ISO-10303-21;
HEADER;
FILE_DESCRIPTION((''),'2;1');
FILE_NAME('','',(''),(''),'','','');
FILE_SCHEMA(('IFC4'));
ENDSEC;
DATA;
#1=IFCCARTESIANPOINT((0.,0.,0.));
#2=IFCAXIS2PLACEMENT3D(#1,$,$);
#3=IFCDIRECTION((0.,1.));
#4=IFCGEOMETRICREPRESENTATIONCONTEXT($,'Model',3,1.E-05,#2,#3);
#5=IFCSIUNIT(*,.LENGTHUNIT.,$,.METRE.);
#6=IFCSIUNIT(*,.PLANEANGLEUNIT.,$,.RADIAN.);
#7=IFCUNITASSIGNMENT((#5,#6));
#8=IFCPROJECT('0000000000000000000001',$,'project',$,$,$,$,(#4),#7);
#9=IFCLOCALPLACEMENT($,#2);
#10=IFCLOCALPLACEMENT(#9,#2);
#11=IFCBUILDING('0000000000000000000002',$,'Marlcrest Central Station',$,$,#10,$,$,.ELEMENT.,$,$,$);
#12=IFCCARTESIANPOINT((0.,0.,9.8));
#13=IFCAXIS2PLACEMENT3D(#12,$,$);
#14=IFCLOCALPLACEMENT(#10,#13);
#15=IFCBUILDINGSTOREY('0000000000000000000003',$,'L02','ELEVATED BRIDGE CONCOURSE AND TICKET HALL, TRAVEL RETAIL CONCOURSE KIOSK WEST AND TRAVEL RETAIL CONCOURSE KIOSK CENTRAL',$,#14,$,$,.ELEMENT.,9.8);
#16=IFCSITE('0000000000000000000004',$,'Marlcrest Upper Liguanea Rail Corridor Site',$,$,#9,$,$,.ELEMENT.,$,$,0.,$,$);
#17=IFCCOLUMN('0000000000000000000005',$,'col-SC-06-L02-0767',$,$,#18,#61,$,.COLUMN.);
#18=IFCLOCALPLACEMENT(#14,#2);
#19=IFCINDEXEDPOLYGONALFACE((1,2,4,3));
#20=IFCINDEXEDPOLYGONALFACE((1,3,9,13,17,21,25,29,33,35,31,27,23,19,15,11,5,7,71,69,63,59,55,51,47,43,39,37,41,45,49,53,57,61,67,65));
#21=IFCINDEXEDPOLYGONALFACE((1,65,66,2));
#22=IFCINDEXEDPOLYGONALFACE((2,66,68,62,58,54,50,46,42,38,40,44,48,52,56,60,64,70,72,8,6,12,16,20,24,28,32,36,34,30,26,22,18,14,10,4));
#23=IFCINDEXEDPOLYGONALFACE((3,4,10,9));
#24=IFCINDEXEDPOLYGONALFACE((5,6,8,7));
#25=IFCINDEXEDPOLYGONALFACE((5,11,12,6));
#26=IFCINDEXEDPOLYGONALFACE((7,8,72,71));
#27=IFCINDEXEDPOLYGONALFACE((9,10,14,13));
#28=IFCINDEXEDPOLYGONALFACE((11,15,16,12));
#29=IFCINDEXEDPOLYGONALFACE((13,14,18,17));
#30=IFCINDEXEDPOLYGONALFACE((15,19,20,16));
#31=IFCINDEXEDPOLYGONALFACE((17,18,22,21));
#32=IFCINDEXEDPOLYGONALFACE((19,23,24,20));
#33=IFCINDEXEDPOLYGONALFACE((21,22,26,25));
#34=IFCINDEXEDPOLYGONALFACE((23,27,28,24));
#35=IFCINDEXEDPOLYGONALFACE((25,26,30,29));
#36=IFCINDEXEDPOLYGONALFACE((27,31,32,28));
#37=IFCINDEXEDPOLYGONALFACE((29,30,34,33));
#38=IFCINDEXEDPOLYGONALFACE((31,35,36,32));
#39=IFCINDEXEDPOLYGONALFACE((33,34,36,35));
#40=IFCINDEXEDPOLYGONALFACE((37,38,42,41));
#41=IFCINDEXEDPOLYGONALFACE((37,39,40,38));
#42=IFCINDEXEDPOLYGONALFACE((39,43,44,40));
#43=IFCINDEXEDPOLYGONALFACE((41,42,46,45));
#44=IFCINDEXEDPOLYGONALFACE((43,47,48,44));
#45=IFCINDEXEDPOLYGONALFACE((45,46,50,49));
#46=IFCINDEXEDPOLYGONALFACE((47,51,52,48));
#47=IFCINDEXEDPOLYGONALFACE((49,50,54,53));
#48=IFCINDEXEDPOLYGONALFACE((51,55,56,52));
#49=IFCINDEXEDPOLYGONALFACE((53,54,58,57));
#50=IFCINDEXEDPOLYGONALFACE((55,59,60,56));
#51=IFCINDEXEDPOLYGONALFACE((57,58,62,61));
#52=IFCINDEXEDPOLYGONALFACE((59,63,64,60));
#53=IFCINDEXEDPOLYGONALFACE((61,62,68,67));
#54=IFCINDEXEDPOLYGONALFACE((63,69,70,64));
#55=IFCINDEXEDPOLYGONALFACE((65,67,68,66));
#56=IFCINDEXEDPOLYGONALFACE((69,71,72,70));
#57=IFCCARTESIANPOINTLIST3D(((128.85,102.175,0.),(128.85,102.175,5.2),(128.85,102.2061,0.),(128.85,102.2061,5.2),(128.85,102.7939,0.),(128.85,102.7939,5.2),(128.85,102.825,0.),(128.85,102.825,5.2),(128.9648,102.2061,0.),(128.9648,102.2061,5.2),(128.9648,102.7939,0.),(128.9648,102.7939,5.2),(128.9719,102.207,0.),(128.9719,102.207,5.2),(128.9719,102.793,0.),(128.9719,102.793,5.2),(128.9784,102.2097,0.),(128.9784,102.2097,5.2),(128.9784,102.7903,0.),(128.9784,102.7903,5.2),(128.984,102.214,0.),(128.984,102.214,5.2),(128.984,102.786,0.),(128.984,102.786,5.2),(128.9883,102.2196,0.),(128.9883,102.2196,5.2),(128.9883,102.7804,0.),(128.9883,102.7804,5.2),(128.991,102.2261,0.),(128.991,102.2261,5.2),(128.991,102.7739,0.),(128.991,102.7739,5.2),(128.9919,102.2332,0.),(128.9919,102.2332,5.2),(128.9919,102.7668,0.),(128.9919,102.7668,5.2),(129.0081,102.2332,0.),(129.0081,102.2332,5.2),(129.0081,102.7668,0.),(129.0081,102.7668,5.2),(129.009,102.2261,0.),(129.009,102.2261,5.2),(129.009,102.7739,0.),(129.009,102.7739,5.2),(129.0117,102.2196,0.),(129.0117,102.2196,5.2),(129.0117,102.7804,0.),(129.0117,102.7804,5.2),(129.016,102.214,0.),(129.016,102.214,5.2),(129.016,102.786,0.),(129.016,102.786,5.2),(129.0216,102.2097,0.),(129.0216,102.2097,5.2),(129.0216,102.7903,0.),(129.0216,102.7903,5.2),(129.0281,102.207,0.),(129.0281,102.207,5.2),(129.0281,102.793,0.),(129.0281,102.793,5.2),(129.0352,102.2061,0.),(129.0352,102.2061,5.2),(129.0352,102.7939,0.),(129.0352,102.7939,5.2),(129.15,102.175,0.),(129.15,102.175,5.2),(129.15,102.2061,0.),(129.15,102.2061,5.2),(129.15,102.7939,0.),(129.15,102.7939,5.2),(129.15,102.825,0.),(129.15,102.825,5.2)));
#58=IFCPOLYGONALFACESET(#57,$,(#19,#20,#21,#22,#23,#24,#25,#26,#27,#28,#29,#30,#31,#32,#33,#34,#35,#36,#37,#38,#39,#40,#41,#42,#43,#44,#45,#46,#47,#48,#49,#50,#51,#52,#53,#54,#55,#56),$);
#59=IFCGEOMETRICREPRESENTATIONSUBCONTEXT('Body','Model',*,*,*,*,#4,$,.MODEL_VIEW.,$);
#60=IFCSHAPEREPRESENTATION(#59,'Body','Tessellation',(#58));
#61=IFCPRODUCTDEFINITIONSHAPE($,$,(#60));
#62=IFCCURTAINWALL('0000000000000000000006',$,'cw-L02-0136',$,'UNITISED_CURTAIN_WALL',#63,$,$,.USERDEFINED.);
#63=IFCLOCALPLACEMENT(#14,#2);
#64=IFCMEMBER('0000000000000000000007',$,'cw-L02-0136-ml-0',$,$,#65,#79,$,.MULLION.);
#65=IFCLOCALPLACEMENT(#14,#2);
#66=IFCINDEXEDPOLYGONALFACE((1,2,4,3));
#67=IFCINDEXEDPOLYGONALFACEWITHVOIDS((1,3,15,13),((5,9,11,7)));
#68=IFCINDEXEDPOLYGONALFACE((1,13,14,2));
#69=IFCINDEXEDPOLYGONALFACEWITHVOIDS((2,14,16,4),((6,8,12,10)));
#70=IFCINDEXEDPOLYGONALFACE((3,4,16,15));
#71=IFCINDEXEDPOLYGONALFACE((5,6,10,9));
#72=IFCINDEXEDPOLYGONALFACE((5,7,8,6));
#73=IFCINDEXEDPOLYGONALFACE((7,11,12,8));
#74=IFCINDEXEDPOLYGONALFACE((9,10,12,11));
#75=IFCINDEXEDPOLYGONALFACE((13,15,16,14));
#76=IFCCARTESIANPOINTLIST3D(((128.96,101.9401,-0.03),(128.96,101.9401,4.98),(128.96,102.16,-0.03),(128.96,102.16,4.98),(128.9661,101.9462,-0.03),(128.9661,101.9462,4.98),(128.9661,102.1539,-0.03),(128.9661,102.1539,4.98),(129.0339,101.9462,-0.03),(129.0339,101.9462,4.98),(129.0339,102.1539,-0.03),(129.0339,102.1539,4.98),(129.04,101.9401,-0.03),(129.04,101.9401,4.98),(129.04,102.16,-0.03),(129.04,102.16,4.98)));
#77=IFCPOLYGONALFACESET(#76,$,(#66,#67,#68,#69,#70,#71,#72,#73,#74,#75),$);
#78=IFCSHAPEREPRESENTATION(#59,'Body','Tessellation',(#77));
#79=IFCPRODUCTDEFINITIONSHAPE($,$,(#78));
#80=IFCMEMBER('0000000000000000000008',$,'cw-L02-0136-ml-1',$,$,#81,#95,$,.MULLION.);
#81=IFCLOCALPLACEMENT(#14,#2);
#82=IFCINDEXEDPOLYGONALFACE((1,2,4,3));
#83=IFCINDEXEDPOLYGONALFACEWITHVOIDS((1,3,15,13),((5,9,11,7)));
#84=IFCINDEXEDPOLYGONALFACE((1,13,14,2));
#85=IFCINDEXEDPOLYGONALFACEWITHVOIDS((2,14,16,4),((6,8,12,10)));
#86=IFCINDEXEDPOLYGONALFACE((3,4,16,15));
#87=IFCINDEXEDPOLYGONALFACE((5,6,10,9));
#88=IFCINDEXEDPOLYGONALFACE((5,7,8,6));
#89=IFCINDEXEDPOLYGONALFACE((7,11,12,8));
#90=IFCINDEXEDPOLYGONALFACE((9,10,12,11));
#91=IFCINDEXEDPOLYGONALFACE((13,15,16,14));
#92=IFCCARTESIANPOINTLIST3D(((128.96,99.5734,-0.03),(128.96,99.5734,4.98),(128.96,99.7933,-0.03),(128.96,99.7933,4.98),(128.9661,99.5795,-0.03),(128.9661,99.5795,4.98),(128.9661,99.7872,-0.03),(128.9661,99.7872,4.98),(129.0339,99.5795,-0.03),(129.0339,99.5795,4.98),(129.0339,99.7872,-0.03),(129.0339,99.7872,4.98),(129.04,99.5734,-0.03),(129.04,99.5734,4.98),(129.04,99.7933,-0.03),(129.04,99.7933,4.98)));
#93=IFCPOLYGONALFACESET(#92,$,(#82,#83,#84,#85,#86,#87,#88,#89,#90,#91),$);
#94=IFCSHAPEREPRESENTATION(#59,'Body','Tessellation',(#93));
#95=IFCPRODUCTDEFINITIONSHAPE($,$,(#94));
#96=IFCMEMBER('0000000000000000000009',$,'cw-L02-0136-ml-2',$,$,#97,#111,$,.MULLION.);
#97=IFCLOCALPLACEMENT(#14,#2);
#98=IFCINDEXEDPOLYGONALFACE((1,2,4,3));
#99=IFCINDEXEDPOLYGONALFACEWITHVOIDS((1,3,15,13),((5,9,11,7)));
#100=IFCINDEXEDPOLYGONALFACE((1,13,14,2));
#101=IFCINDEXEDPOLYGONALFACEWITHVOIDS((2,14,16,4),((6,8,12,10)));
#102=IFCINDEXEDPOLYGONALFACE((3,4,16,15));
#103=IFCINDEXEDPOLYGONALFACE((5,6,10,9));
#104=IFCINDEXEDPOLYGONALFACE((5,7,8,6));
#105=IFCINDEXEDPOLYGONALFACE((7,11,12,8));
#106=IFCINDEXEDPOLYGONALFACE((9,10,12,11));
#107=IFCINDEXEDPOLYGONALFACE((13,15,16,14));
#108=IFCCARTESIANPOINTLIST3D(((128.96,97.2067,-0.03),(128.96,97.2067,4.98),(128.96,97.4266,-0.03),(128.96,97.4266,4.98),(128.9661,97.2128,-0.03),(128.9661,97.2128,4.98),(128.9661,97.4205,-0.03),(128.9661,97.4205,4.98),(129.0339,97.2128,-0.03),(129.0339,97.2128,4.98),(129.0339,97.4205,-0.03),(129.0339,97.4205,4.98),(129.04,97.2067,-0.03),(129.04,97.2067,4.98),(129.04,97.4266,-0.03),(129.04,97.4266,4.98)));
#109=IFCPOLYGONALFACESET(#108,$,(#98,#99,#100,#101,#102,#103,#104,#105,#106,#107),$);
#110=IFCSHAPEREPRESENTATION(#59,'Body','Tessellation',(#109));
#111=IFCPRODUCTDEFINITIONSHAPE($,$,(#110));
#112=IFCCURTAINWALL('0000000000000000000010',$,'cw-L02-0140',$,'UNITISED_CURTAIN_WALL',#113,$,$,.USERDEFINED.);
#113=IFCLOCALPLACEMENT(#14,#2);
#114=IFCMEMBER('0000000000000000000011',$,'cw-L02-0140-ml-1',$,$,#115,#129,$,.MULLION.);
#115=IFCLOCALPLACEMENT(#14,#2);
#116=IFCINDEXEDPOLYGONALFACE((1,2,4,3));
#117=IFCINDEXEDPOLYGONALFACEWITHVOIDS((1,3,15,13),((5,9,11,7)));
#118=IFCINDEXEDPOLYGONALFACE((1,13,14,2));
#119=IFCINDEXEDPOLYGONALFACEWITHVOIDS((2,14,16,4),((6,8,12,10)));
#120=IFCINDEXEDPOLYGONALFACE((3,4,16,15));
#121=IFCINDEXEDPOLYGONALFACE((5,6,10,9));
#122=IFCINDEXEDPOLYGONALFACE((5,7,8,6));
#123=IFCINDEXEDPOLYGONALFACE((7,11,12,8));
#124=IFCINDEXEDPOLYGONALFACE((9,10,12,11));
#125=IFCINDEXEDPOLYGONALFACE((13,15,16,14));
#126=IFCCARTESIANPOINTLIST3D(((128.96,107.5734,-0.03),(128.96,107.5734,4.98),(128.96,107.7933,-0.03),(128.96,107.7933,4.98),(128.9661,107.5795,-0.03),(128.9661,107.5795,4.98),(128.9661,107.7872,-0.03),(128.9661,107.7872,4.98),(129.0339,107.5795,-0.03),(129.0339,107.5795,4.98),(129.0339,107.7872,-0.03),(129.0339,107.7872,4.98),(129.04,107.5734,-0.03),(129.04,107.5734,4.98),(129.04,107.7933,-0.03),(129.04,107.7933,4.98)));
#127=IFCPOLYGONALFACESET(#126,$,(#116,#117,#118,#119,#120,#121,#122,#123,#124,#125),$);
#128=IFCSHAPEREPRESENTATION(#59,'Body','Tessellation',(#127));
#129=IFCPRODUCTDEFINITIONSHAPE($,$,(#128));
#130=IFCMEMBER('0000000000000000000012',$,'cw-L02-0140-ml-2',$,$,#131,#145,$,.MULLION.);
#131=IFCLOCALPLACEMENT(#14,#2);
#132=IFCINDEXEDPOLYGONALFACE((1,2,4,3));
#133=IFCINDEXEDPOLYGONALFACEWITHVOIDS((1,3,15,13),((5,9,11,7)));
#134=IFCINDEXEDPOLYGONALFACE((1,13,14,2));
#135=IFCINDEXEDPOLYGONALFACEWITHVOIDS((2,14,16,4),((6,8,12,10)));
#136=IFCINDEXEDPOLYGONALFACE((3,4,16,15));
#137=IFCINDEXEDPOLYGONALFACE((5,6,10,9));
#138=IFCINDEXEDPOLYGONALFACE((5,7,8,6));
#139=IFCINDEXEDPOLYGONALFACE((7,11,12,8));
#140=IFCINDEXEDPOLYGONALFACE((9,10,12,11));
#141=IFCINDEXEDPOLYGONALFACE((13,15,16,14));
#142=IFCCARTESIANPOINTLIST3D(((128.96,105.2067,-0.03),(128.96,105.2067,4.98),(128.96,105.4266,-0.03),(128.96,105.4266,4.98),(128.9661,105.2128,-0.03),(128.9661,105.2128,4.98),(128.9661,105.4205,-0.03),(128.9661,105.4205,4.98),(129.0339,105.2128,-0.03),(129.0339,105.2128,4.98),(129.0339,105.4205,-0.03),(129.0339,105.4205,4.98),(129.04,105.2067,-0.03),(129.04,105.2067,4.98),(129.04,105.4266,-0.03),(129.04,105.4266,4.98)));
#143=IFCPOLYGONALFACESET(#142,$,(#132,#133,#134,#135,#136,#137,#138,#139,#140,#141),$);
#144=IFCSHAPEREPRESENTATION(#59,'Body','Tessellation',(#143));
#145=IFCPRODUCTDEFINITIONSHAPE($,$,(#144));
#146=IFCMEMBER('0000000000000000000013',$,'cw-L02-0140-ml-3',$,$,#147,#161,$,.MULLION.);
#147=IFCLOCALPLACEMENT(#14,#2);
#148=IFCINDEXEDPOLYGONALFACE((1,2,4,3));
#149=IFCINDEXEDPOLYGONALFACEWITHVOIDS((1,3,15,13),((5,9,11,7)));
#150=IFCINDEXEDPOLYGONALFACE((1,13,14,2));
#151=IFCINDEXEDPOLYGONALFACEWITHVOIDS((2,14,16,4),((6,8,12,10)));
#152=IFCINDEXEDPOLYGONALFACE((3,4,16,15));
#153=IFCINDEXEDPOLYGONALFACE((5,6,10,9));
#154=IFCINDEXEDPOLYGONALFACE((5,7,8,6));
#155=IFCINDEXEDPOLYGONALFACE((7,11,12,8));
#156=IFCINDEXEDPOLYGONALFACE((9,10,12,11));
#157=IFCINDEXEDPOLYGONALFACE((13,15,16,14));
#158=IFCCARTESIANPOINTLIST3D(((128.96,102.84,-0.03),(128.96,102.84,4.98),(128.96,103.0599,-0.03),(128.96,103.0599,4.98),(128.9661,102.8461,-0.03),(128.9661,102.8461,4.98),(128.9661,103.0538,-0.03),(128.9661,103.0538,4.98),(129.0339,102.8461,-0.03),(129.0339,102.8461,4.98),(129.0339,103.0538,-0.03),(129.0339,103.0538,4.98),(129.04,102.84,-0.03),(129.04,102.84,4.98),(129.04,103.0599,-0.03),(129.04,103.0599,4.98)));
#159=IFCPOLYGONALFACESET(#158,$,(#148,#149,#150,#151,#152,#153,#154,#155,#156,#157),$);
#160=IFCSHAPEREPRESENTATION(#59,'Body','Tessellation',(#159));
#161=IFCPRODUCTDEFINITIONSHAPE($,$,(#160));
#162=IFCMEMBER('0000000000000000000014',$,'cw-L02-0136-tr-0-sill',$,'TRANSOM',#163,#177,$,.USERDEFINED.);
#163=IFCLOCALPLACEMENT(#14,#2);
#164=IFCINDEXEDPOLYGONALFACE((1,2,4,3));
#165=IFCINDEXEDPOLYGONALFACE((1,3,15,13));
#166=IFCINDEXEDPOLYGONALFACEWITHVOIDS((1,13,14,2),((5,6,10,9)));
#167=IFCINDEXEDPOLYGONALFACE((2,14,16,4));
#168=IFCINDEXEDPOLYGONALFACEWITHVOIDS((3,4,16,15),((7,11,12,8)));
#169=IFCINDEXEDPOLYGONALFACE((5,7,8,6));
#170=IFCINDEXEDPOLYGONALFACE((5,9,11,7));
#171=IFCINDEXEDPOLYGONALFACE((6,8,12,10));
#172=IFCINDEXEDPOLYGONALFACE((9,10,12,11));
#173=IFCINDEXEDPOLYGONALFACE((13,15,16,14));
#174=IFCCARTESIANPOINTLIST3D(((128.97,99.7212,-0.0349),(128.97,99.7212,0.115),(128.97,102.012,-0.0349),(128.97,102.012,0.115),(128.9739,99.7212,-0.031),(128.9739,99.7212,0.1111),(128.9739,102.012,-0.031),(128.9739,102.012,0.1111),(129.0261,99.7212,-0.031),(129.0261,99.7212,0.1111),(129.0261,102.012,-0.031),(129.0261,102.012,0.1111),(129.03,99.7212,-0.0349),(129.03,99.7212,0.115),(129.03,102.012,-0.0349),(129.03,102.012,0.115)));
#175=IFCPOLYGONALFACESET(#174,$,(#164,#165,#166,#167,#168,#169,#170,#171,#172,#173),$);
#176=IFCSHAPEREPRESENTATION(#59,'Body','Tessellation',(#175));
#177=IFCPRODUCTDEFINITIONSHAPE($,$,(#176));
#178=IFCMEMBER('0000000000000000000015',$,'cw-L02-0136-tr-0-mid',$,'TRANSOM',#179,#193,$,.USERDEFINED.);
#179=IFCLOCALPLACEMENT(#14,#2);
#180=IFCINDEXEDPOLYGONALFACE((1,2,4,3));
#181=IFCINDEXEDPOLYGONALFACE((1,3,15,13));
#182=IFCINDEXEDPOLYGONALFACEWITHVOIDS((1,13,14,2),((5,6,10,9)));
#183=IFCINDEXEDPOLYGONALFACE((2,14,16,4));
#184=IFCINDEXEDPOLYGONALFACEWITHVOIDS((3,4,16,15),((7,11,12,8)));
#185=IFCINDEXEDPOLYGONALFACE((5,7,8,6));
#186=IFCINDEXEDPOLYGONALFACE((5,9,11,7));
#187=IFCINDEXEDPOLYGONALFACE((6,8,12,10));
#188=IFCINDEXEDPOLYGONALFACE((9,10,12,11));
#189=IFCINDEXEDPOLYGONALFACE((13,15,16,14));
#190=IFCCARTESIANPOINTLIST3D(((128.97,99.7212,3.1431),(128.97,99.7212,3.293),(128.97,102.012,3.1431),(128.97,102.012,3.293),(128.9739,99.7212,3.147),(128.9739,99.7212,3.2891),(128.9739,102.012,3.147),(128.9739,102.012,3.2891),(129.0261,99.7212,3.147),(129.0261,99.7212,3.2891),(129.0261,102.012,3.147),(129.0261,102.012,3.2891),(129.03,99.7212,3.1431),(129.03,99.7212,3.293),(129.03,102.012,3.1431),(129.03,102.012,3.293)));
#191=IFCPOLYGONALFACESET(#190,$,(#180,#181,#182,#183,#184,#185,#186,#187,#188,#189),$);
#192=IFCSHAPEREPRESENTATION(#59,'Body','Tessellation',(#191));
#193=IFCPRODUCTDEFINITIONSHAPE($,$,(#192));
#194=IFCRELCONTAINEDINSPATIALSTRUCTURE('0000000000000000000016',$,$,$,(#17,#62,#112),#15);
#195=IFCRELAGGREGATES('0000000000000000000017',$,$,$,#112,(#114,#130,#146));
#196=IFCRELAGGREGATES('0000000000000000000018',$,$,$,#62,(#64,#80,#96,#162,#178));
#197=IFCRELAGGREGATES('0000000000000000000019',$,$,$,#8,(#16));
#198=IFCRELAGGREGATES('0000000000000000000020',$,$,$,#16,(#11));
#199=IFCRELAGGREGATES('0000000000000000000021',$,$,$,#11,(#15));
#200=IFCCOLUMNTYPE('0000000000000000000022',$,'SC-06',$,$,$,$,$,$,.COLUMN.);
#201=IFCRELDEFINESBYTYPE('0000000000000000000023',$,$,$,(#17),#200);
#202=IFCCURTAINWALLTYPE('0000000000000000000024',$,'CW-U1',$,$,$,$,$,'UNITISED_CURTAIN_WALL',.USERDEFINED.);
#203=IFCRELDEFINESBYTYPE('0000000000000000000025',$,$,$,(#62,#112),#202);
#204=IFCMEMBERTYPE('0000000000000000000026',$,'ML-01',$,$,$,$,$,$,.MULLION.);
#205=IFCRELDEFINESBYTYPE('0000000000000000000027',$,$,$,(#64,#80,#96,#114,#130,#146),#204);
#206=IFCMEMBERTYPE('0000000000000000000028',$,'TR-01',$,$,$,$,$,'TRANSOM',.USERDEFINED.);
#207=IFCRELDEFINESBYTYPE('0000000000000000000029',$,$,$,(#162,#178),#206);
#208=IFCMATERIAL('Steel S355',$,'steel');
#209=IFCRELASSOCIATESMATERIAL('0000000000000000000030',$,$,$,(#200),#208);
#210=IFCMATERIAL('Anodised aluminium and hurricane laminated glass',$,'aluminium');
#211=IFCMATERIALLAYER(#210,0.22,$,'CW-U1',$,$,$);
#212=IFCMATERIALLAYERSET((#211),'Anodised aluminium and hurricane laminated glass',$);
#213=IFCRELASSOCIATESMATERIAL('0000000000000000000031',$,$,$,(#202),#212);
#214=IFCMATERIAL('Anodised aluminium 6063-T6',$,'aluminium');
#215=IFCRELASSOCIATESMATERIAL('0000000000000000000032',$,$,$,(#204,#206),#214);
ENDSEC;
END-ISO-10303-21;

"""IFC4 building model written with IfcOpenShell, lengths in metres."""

from ifc_helpers import new_model, si_unit, direction, frame, origin, origin_2d, place, context, subcontext, project, spatial, hollow_rectangle, i_section, extrude, material, layer, layer_set, material_profile, profile_set, type_object, element, aggregate, save


model = new_model("IFC4")

# Units and contexts
model_context = context("Model", 3, precision=1e-05, world=origin(), true_north=direction((0.0, 1.0)))
body_context = subcontext(model_context, "Body", "Model", "MODEL_VIEW")
ifc_project = project(units=[si_unit("LENGTHUNIT", "METRE"), si_unit("PLANEANGLEUNIT", "RADIAN")], contexts=[model_context])

# Site, building, storey
site_placement = place(None, origin())
site = spatial("IfcSite", under=ifc_project, at=site_placement, Name="Marlcrest Upper Liguanea Rail Corridor Site", CompositionType="ELEMENT", RefElevation=0.0)
building_placement = place(site_placement, origin())
building = spatial("IfcBuilding", under=site, at=building_placement, Name="Marlcrest Central Station", CompositionType="ELEMENT")
storey_placement = place(building_placement, frame((0.0, 0.0, 9.8)))
storey = spatial("IfcBuildingStorey", under=building, at=storey_placement, Name="L02", Description="ELEVATED BRIDGE CONCOURSE AND TICKET HALL, TRAVEL RETAIL CONCOURSE KIOSK WEST AND TRAVEL RETAIL CONCOURSE KIOSK CENTRAL", CompositionType="ELEMENT", Elevation=9.8)

# Column
ifc_material_1 = material(Name="Steel S355", Category="steel")
ifc_material_profile_1 = material_profile(ifc_material_1, i_section(OverallWidth=0.3, OverallDepth=0.6499, WebThickness=0.0161, FlangeThickness=0.031, FilletRadius=0.0271, at=origin_2d()), Name="HEB 650")
ifc_profile_set_1 = profile_set([ifc_material_profile_1], Name="Steel S355")
column_type = type_object("IfcColumnType", Name="SC-06", PredefinedType="COLUMN", material=ifc_profile_set_1)
column_placement = place(storey_placement, frame((129.0, 102.5, 0.0), z_axis=(0.0, 0.0, 1.0), x_axis=(1.0, 0.0, 0.0)))
element("IfcColumn", 1, at=column_placement, inside=storey, type_object=column_type, Name="col-SC-06-L02-0767", PredefinedType="COLUMN", context=body_context, shape_type="SweptSolid", body=[
    extrude(i_section(OverallWidth=0.3, OverallDepth=0.6499, WebThickness=0.0161, FlangeThickness=0.031, FilletRadius=0.0271, at=origin_2d()), origin(), (0.0, 0.0, 1.0), 5.2),
])

# Curtain walls, members
ifc_material_2 = material(Name="Anodised aluminium and hurricane laminated glass", Category="aluminium")
ifc_layer_1 = layer(ifc_material_2, 0.22, Name="CW-U1")
ifc_layer_set_1 = layer_set([ifc_layer_1], Name="Anodised aluminium and hurricane laminated glass")
curtain_wall_type = type_object("IfcCurtainWallType", Name="CW-U1", ElementType="UNITISED_CURTAIN_WALL", PredefinedType="USERDEFINED", material=ifc_layer_set_1)
curtain_wall_1_placement = place(storey_placement, origin())
curtain_wall_1 = element("IfcCurtainWall", 2, at=curtain_wall_1_placement, inside=storey, type_object=curtain_wall_type, Name="cw-L02-0136", ObjectType="UNITISED_CURTAIN_WALL", PredefinedType="USERDEFINED")
ifc_material_3 = material(Name="Anodised aluminium 6063-T6", Category="aluminium")
ifc_material_profile_2 = material_profile(ifc_material_3, hollow_rectangle(XDim=0.0801, YDim=0.22, WallThickness=0.0061, at=origin_2d()), Name="AA-RHS 220x80x6")
ifc_profile_set_2 = profile_set([ifc_material_profile_2], Name="Anodised aluminium 6063-T6")
member_type_1 = type_object("IfcMemberType", Name="ML-01", PredefinedType="MULLION", material=ifc_profile_set_2)
member_1_placement = place(storey_placement, frame((129.0, 102.05, -0.03), z_axis=(0.0, 0.0, 1.0), x_axis=(1.0, 0.0, 0.0)))
member_1 = element("IfcMember", 3, at=member_1_placement, type_object=member_type_1, Name="cw-L02-0136-ml-0", PredefinedType="MULLION", context=body_context, shape_type="SweptSolid", body=[
    extrude(hollow_rectangle(XDim=0.0801, YDim=0.22, WallThickness=0.0061, at=origin_2d()), origin(), (0.0, 0.0, 1.0), 5.01),
])
member_2_placement = place(storey_placement, frame((129.0, 99.6833, -0.03), z_axis=(0.0, 0.0, 1.0), x_axis=(1.0, 0.0, 0.0)))
member_2 = element("IfcMember", 4, at=member_2_placement, type_object=member_type_1, Name="cw-L02-0136-ml-1", PredefinedType="MULLION", context=body_context, shape_type="SweptSolid", body=[
    extrude(hollow_rectangle(XDim=0.0801, YDim=0.22, WallThickness=0.0061, at=origin_2d()), origin(), (0.0, 0.0, 1.0), 5.01),
])
member_3_placement = place(storey_placement, frame((129.0, 97.3167, -0.03), z_axis=(0.0, 0.0, 1.0), x_axis=(1.0, 0.0, 0.0)))
member_3 = element("IfcMember", 5, at=member_3_placement, type_object=member_type_1, Name="cw-L02-0136-ml-2", PredefinedType="MULLION", context=body_context, shape_type="SweptSolid", body=[
    extrude(hollow_rectangle(XDim=0.0801, YDim=0.22, WallThickness=0.0061, at=origin_2d()), origin(), (0.0, 0.0, 1.0), 5.01),
])
curtain_wall_2_placement = place(storey_placement, origin())
curtain_wall_2 = element("IfcCurtainWall", 6, at=curtain_wall_2_placement, inside=storey, type_object=curtain_wall_type, Name="cw-L02-0140", ObjectType="UNITISED_CURTAIN_WALL", PredefinedType="USERDEFINED")
member_4_placement = place(storey_placement, frame((129.0, 107.6833, -0.03), z_axis=(0.0, 0.0, 1.0), x_axis=(1.0, 0.0, 0.0)))
member_4 = element("IfcMember", 7, at=member_4_placement, type_object=member_type_1, Name="cw-L02-0140-ml-1", PredefinedType="MULLION", context=body_context, shape_type="SweptSolid", body=[
    extrude(hollow_rectangle(XDim=0.0801, YDim=0.22, WallThickness=0.0061, at=origin_2d()), origin(), (0.0, 0.0, 1.0), 5.01),
])
member_5_placement = place(storey_placement, frame((129.0, 105.3167, -0.03), z_axis=(0.0, 0.0, 1.0), x_axis=(1.0, 0.0, 0.0)))
member_5 = element("IfcMember", 8, at=member_5_placement, type_object=member_type_1, Name="cw-L02-0140-ml-2", PredefinedType="MULLION", context=body_context, shape_type="SweptSolid", body=[
    extrude(hollow_rectangle(XDim=0.0801, YDim=0.22, WallThickness=0.0061, at=origin_2d()), origin(), (0.0, 0.0, 1.0), 5.01),
])
member_6_placement = place(storey_placement, frame((129.0, 102.95, -0.03), z_axis=(0.0, 0.0, 1.0), x_axis=(1.0, 0.0, 0.0)))
member_6 = element("IfcMember", 9, at=member_6_placement, type_object=member_type_1, Name="cw-L02-0140-ml-3", PredefinedType="MULLION", context=body_context, shape_type="SweptSolid", body=[
    extrude(hollow_rectangle(XDim=0.0801, YDim=0.22, WallThickness=0.0061, at=origin_2d()), origin(), (0.0, 0.0, 1.0), 5.01),
])

# Members
ifc_material_profile_3 = material_profile(ifc_material_3, hollow_rectangle(XDim=0.0601, YDim=0.1499, WallThickness=0.0039, at=origin_2d()), Name="AA-RHS 150x60x4")
ifc_profile_set_3 = profile_set([ifc_material_profile_3], Name="Anodised aluminium 6063-T6")
member_type_2 = type_object("IfcMemberType", Name="TR-01", ElementType="TRANSOM", PredefinedType="USERDEFINED", material=ifc_profile_set_3)
member_7_placement = place(storey_placement, frame((129.0, 102.012, 0.04), z_axis=(0.0, -1.0, 0.0), x_axis=(1.0, 0.0, 0.0)))
member_7 = element("IfcMember", 10, at=member_7_placement, type_object=member_type_2, Name="cw-L02-0136-tr-0-sill", ObjectType="TRANSOM", PredefinedType="USERDEFINED", context=body_context, shape_type="SweptSolid", body=[
    extrude(hollow_rectangle(XDim=0.0601, YDim=0.1499, WallThickness=0.0039, at=origin_2d()), origin(), (0.0, 0.0, 1.0), 2.2908),
])
member_8_placement = place(storey_placement, frame((129.0, 102.012, 3.218), z_axis=(0.0, -1.0, 0.0), x_axis=(1.0, 0.0, 0.0)))
member_8 = element("IfcMember", 11, at=member_8_placement, type_object=member_type_2, Name="cw-L02-0136-tr-0-mid", ObjectType="TRANSOM", PredefinedType="USERDEFINED", context=body_context, shape_type="SweptSolid", body=[
    extrude(hollow_rectangle(XDim=0.0601, YDim=0.1499, WallThickness=0.0039, at=origin_2d()), origin(), (0.0, 0.0, 1.0), 2.2908),
])

aggregate(curtain_wall_2, [member_4, member_5, member_6])
aggregate(curtain_wall_1, [member_1, member_2, member_3, member_7, member_8])

save(model, "model.ifc")
